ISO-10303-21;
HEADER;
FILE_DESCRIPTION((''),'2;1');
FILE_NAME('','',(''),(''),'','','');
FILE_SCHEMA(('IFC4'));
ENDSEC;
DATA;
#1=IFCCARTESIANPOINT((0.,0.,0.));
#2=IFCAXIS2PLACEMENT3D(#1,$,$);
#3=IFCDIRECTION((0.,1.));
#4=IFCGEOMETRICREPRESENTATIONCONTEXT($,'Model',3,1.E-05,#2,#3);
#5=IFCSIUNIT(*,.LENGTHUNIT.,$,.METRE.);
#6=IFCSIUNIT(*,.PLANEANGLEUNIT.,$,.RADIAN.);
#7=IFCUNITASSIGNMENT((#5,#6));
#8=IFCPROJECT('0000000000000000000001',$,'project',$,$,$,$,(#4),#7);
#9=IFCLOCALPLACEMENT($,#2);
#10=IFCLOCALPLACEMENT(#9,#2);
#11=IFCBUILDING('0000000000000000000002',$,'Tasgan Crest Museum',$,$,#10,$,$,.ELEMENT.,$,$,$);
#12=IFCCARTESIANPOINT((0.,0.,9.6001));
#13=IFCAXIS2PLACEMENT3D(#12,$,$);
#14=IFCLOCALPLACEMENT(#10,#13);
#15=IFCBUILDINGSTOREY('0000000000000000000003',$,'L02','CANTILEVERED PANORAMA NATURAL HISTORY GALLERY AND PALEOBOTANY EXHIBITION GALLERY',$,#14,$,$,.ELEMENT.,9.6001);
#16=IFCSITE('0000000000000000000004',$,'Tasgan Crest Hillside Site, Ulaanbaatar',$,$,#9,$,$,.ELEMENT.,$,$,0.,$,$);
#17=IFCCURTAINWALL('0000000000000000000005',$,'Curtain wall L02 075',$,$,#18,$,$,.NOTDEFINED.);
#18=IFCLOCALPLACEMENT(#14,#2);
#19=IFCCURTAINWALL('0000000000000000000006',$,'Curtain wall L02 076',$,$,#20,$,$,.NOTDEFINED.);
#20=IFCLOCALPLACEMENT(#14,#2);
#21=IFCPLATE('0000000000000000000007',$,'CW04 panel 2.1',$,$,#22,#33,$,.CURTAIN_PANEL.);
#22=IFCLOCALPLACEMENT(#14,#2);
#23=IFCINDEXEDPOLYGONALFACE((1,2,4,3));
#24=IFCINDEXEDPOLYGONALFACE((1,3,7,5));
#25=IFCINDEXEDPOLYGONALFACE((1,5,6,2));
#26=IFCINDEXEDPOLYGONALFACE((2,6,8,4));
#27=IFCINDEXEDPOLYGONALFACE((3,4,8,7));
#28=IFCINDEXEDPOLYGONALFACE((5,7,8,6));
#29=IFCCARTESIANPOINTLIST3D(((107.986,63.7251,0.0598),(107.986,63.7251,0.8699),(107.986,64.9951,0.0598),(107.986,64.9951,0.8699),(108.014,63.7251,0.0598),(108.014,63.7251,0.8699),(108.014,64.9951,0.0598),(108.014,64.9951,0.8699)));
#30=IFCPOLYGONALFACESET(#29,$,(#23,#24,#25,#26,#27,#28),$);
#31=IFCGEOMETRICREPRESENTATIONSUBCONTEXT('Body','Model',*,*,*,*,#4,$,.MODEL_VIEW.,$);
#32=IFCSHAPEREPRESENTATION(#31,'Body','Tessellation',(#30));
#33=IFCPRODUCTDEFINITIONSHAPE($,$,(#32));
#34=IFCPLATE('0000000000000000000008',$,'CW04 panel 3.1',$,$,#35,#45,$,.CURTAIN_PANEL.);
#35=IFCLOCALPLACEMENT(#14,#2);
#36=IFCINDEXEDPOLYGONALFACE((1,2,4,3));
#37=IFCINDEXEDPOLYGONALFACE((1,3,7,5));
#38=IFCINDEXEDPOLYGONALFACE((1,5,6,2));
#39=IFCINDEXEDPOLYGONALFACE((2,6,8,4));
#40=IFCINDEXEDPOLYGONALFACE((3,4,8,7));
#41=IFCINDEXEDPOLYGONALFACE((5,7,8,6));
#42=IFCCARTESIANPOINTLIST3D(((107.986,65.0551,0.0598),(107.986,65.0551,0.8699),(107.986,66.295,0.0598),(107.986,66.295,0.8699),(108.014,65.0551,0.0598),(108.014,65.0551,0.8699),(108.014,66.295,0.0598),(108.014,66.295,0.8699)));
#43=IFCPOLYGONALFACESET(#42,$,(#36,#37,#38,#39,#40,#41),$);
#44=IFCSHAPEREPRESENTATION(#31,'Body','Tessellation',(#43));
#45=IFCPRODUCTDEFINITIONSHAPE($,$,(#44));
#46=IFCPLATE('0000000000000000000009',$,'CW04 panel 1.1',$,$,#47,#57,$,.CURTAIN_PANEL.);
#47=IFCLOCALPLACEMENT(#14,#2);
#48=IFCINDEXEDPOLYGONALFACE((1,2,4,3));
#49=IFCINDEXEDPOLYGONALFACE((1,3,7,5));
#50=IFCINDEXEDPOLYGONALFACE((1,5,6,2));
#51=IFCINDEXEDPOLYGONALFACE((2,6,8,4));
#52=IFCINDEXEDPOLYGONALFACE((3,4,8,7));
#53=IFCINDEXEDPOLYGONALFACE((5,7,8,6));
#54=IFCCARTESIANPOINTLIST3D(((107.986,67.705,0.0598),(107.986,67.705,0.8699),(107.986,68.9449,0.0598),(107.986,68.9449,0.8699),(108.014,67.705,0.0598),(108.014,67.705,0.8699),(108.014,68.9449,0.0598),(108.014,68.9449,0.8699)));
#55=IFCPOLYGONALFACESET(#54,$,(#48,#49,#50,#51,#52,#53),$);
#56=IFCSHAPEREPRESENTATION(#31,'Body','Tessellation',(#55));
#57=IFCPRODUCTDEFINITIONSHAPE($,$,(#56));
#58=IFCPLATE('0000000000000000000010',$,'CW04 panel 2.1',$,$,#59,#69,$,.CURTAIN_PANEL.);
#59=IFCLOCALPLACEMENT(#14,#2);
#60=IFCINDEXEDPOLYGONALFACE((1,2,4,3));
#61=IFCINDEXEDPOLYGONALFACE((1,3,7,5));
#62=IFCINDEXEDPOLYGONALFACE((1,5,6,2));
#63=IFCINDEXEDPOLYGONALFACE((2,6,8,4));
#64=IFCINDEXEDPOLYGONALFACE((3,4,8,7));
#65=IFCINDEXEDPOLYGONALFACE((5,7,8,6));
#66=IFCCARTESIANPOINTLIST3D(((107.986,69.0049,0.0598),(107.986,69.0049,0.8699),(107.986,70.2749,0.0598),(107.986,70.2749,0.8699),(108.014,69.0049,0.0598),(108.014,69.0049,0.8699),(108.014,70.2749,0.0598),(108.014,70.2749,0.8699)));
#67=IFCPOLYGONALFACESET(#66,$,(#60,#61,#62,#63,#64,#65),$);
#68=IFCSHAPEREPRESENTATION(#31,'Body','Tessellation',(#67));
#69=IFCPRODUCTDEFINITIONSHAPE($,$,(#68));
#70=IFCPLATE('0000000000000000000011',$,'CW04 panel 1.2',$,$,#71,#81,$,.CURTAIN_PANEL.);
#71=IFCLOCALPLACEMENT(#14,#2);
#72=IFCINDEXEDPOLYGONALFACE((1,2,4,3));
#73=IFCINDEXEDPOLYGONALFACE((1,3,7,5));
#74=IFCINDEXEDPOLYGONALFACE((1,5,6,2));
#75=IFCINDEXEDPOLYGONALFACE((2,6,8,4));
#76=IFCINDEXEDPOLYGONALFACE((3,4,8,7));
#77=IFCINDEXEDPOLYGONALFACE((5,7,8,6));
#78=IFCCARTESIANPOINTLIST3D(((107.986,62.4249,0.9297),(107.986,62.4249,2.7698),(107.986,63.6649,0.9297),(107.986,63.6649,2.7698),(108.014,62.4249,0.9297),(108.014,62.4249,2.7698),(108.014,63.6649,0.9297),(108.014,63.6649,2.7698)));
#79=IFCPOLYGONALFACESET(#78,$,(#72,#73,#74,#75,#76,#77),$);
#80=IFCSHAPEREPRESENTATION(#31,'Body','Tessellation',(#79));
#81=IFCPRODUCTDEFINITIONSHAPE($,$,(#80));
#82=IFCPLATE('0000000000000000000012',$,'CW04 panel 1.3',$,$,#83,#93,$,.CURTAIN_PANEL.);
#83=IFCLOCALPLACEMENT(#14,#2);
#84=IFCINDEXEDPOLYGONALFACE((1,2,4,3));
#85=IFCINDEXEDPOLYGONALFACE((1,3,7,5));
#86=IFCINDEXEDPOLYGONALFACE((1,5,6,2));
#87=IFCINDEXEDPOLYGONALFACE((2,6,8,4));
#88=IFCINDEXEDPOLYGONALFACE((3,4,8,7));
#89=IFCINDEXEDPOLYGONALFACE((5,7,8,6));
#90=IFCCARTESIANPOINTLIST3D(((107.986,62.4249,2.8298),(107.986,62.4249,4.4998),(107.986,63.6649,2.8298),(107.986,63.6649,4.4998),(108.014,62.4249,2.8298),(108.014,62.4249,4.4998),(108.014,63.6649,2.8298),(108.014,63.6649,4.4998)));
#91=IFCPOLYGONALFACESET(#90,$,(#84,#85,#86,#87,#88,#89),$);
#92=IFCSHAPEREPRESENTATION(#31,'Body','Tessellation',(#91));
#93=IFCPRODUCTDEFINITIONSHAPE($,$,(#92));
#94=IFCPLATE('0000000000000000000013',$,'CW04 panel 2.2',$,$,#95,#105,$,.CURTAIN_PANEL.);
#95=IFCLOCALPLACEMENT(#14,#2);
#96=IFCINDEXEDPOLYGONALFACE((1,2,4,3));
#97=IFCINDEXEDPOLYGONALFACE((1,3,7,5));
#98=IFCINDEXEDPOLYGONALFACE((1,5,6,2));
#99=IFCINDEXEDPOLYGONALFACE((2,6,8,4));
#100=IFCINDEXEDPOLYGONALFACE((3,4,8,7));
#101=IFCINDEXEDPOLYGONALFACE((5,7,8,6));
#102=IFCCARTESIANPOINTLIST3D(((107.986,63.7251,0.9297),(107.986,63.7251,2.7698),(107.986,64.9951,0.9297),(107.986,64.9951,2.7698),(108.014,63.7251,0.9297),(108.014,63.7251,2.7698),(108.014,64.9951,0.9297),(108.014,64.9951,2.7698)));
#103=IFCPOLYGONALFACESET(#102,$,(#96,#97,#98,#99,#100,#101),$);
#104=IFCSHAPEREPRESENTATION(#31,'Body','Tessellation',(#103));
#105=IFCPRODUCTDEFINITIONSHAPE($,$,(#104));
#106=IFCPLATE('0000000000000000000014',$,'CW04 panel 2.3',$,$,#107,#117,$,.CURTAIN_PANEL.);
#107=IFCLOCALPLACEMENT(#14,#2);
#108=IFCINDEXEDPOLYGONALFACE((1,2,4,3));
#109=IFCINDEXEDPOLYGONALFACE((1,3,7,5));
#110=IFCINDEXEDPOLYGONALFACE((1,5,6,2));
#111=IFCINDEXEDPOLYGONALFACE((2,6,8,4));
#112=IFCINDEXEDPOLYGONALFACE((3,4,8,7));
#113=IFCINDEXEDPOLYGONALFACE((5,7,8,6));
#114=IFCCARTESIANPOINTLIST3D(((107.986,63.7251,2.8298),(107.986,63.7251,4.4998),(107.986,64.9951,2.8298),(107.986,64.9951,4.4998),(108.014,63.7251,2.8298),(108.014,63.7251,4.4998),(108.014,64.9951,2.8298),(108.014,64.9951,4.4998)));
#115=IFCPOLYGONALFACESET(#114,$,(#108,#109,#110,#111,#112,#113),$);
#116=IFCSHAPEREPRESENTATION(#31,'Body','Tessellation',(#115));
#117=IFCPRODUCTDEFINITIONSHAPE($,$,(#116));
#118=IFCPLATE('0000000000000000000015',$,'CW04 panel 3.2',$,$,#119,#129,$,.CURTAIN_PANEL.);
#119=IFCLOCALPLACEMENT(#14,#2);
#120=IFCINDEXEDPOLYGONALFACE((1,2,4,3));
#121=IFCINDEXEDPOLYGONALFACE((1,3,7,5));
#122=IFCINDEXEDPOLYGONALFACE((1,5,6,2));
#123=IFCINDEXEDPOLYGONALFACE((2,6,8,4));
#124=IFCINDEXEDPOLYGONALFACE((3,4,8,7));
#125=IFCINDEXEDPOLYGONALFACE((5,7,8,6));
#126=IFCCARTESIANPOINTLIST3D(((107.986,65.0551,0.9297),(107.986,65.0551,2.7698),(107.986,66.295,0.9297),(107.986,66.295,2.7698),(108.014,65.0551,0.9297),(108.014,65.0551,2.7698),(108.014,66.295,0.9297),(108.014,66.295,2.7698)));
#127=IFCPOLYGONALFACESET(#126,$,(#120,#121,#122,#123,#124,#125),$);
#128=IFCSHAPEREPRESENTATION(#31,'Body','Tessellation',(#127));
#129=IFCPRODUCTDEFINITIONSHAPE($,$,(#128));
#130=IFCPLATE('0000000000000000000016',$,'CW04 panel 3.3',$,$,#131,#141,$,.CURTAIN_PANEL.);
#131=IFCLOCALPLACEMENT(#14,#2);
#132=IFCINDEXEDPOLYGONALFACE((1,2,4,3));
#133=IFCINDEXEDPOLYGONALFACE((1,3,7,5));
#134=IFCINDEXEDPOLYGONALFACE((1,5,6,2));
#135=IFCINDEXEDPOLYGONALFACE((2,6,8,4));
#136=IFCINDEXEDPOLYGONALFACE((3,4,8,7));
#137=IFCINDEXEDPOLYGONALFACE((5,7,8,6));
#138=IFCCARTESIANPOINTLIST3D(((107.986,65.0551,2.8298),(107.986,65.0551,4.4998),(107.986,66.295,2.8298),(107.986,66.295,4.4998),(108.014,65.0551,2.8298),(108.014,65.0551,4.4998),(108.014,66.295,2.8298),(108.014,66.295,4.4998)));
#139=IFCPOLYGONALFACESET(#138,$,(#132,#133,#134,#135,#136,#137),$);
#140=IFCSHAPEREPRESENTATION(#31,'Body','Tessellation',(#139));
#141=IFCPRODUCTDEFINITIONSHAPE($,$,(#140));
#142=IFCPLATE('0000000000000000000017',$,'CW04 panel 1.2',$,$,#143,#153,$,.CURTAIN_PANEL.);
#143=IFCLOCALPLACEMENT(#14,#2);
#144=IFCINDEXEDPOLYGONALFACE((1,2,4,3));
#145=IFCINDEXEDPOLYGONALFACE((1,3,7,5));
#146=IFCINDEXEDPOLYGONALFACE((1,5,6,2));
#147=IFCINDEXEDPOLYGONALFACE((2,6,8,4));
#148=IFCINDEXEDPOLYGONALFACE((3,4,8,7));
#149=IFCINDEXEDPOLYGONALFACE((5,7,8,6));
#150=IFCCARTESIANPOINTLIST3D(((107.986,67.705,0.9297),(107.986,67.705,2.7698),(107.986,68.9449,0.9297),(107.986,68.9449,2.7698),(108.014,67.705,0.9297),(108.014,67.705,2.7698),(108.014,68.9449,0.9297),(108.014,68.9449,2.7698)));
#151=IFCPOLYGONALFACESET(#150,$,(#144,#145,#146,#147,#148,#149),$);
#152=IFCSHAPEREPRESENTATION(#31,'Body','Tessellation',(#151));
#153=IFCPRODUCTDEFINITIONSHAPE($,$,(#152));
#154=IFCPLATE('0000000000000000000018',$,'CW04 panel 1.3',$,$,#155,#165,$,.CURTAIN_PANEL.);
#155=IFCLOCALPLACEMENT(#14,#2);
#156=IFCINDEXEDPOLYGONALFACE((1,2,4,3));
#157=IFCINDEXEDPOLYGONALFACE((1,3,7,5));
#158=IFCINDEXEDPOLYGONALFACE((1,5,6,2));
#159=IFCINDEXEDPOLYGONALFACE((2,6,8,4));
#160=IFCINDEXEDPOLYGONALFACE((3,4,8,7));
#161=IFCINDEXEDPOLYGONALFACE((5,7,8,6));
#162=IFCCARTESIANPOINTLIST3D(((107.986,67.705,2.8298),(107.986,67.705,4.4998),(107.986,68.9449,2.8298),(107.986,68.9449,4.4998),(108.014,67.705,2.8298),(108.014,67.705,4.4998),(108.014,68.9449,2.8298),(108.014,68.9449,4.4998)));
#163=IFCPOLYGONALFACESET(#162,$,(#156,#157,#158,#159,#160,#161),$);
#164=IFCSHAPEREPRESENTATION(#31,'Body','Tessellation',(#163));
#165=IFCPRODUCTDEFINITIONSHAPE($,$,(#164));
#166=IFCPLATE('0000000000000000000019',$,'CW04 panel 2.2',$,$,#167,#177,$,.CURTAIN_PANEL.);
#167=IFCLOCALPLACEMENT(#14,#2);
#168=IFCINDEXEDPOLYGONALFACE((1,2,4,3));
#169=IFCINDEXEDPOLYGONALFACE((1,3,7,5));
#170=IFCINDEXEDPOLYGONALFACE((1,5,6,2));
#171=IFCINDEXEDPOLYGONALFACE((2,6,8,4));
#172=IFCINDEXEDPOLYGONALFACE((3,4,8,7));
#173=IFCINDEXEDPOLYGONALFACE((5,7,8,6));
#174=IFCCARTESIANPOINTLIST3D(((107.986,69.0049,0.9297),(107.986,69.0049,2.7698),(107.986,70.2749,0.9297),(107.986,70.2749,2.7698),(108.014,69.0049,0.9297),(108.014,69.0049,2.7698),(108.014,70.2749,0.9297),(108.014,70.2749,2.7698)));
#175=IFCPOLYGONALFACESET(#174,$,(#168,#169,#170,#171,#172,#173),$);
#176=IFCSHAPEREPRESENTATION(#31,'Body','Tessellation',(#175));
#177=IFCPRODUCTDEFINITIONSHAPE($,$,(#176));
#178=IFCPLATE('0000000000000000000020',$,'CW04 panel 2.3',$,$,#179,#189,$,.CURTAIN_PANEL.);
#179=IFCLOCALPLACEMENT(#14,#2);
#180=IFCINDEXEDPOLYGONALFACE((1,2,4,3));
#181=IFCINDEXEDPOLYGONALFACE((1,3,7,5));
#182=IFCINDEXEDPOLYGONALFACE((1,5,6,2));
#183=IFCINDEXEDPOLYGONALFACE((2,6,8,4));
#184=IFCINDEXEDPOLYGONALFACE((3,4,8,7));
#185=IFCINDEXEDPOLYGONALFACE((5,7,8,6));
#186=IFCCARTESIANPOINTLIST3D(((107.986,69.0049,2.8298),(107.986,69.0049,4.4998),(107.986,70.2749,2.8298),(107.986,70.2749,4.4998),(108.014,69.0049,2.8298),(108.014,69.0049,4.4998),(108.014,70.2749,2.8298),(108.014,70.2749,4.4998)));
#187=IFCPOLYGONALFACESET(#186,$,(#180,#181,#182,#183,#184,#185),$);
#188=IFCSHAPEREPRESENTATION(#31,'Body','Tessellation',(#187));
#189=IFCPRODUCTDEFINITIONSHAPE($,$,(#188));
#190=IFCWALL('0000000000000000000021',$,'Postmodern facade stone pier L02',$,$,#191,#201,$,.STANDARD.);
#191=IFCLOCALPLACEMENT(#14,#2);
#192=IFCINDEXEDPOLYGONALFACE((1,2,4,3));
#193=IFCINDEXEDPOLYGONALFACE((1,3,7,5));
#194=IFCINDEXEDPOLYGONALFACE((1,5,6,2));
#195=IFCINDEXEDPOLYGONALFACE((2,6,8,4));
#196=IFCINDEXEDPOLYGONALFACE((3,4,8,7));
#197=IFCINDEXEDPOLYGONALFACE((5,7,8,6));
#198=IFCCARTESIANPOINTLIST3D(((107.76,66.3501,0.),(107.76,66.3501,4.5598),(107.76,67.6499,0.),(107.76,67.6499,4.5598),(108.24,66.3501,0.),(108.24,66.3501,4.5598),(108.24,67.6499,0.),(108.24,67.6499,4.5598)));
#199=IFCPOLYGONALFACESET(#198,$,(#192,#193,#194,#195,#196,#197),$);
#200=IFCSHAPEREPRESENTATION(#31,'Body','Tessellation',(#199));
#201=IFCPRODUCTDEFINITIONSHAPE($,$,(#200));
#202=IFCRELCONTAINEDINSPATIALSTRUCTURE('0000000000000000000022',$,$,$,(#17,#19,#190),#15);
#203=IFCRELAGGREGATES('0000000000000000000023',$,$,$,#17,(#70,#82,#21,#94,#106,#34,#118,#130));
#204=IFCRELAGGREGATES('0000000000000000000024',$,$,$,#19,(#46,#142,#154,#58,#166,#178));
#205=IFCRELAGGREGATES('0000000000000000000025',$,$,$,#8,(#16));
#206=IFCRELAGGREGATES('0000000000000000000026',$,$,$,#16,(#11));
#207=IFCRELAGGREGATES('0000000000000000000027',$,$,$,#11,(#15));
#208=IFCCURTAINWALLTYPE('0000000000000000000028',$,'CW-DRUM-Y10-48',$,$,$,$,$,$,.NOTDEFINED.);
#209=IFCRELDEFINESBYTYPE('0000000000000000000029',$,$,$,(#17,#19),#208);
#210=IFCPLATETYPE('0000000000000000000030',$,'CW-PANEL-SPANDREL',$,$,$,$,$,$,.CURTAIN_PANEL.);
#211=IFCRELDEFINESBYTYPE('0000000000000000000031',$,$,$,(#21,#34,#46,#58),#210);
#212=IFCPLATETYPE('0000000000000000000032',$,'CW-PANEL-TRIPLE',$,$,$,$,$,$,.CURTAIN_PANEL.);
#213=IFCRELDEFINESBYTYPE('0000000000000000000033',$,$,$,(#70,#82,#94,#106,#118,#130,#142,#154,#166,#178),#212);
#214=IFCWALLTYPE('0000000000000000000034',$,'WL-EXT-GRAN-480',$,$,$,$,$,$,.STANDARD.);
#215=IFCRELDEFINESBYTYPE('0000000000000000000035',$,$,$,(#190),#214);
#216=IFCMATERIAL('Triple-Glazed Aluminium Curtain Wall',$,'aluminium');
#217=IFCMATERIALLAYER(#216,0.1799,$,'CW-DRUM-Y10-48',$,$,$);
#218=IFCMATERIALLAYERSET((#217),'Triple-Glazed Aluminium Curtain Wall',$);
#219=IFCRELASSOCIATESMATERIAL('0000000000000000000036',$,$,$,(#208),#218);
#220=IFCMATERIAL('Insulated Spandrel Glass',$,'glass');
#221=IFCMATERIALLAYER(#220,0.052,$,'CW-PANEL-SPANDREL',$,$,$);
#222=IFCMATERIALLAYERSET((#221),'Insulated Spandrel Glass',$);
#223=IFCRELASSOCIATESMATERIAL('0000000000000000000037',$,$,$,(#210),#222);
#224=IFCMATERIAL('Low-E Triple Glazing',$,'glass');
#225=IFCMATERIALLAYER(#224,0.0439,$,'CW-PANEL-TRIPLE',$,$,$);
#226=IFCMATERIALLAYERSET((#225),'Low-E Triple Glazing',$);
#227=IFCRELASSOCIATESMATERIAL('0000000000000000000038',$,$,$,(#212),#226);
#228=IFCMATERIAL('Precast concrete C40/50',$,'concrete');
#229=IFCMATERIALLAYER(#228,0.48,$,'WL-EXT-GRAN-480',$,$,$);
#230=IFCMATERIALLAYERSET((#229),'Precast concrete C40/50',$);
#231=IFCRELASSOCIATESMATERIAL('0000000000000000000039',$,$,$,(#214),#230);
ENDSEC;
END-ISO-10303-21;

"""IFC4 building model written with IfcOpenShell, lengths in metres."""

from ifc_helpers import new_model, si_unit, direction, frame, frame_2d, origin, origin_2d, place, context, subcontext, project, spatial, rectangle, extrude, material, layer, layer_set, type_object, element, aggregate, save


model = new_model("IFC4")

# Units and contexts
model_context = context("Model", 3, precision=1e-05, world=origin(), true_north=direction((0.0, 1.0)))
body_context = subcontext(model_context, "Body", "Model", "MODEL_VIEW")
ifc_project = project(units=[si_unit("LENGTHUNIT", "METRE"), si_unit("PLANEANGLEUNIT", "RADIAN")], contexts=[model_context])

# Site, building, storey
site_placement = place(None, origin())
site = spatial("IfcSite", under=ifc_project, at=site_placement, Name="Tasgan Crest Hillside Site, Ulaanbaatar", CompositionType="ELEMENT", RefElevation=0.0)
building_placement = place(site_placement, origin())
building = spatial("IfcBuilding", under=site, at=building_placement, Name="Tasgan Crest Museum", CompositionType="ELEMENT")
storey_placement = place(building_placement, frame((0.0, 0.0, 9.6001)))
storey = spatial("IfcBuildingStorey", under=building, at=storey_placement, Name="L02", Description="CANTILEVERED PANORAMA NATURAL HISTORY GALLERY AND PALEOBOTANY EXHIBITION GALLERY", CompositionType="ELEMENT", Elevation=9.6001)

# Curtain walls
ifc_material_1 = material(Name="Triple-Glazed Aluminium Curtain Wall", Category="aluminium")
ifc_layer_1 = layer(ifc_material_1, 0.1799, Name="CW-DRUM-Y10-48")
ifc_layer_set_1 = layer_set([ifc_layer_1], Name="Triple-Glazed Aluminium Curtain Wall")
curtain_wall_type = type_object("IfcCurtainWallType", Name="CW-DRUM-Y10-48", PredefinedType="NOTDEFINED", material=ifc_layer_set_1)
curtain_wall_1_placement = place(storey_placement, origin())
curtain_wall_1 = element("IfcCurtainWall", 1, at=curtain_wall_1_placement, inside=storey, type_object=curtain_wall_type, Name="Curtain wall L02 075", PredefinedType="NOTDEFINED")
curtain_wall_2_placement = place(storey_placement, origin())
curtain_wall_2 = element("IfcCurtainWall", 2, at=curtain_wall_2_placement, inside=storey, type_object=curtain_wall_type, Name="Curtain wall L02 076", PredefinedType="NOTDEFINED")

# Plates
ifc_material_2 = material(Name="Insulated Spandrel Glass", Category="glass")
ifc_layer_2 = layer(ifc_material_2, 0.052, Name="CW-PANEL-SPANDREL")
ifc_layer_set_2 = layer_set([ifc_layer_2], Name="Insulated Spandrel Glass")
plate_type_1 = type_object("IfcPlateType", Name="CW-PANEL-SPANDREL", PredefinedType="CURTAIN_PANEL", material=ifc_layer_set_2)
plate_1_placement = place(storey_placement, frame((108.0, 64.3601, 0.0598), z_axis=(0.0, 0.0, 1.0), x_axis=(0.0, 1.0, 0.0)))
plate_1 = element("IfcPlate", 3, at=plate_1_placement, type_object=plate_type_1, Name="CW04 panel 2.1", PredefinedType="CURTAIN_PANEL", context=body_context, shape_type="SweptSolid", body=[
    extrude(rectangle(XDim=1.27, YDim=0.0281, at=origin_2d()), origin(), (0.0, 0.0, 1.0), 0.8101),
])
plate_2_placement = place(storey_placement, frame((108.0, 65.675, 0.0598), z_axis=(0.0, 0.0, 1.0), x_axis=(0.0, 1.0, 0.0)))
plate_2 = element("IfcPlate", 4, at=plate_2_placement, type_object=plate_type_1, Name="CW04 panel 3.1", PredefinedType="CURTAIN_PANEL", context=body_context, shape_type="SweptSolid", body=[
    extrude(rectangle(XDim=1.24, YDim=0.0281, at=origin_2d()), origin(), (0.0, 0.0, 1.0), 0.8101),
])
plate_3_placement = place(storey_placement, frame((108.0, 68.325, 0.0598), z_axis=(0.0, 0.0, 1.0), x_axis=(0.0, 1.0, 0.0)))
plate_3 = element("IfcPlate", 5, at=plate_3_placement, type_object=plate_type_1, Name="CW04 panel 1.1", PredefinedType="CURTAIN_PANEL", context=body_context, shape_type="SweptSolid", body=[
    extrude(rectangle(XDim=1.24, YDim=0.0281, at=origin_2d()), origin(), (0.0, 0.0, 1.0), 0.8101),
])
plate_4_placement = place(storey_placement, frame((108.0, 69.6399, 0.0598), z_axis=(0.0, 0.0, 1.0), x_axis=(0.0, 1.0, 0.0)))
plate_4 = element("IfcPlate", 6, at=plate_4_placement, type_object=plate_type_1, Name="CW04 panel 2.1", PredefinedType="CURTAIN_PANEL", context=body_context, shape_type="SweptSolid", body=[
    extrude(rectangle(XDim=1.27, YDim=0.0281, at=origin_2d()), origin(), (0.0, 0.0, 1.0), 0.8101),
])
ifc_material_3 = material(Name="Low-E Triple Glazing", Category="glass")
ifc_layer_3 = layer(ifc_material_3, 0.0439, Name="CW-PANEL-TRIPLE")
ifc_layer_set_3 = layer_set([ifc_layer_3], Name="Low-E Triple Glazing")
plate_type_2 = type_object("IfcPlateType", Name="CW-PANEL-TRIPLE", PredefinedType="CURTAIN_PANEL", material=ifc_layer_set_3)
plate_5_placement = place(storey_placement, frame((108.0, 63.0449, 0.9297), z_axis=(0.0, 0.0, 1.0), x_axis=(0.0, 1.0, 0.0)))
plate_5 = element("IfcPlate", 7, at=plate_5_placement, type_object=plate_type_2, Name="CW04 panel 1.2", PredefinedType="CURTAIN_PANEL", context=body_context, shape_type="SweptSolid", body=[
    extrude(rectangle(XDim=1.24, YDim=0.0281, at=origin_2d()), origin(), (0.0, 0.0, 1.0), 1.8401),
])
plate_6_placement = place(storey_placement, frame((108.0, 63.0449, 2.8298), z_axis=(0.0, 0.0, 1.0), x_axis=(0.0, 1.0, 0.0)))
plate_6 = element("IfcPlate", 8, at=plate_6_placement, type_object=plate_type_2, Name="CW04 panel 1.3", PredefinedType="CURTAIN_PANEL", context=body_context, shape_type="SweptSolid", body=[
    extrude(rectangle(XDim=1.24, YDim=0.0281, at=origin_2d()), origin(), (0.0, 0.0, 1.0), 1.6699),
])
plate_7_placement = place(storey_placement, frame((108.0, 64.3601, 0.9297), z_axis=(0.0, 0.0, 1.0), x_axis=(0.0, 1.0, 0.0)))
plate_7 = element("IfcPlate", 9, at=plate_7_placement, type_object=plate_type_2, Name="CW04 panel 2.2", PredefinedType="CURTAIN_PANEL", context=body_context, shape_type="SweptSolid", body=[
    extrude(rectangle(XDim=1.27, YDim=0.0281, at=origin_2d()), origin(), (0.0, 0.0, 1.0), 1.8401),
])
plate_8_placement = place(storey_placement, frame((108.0, 64.3601, 2.8298), z_axis=(0.0, 0.0, 1.0), x_axis=(0.0, 1.0, 0.0)))
plate_8 = element("IfcPlate", 10, at=plate_8_placement, type_object=plate_type_2, Name="CW04 panel 2.3", PredefinedType="CURTAIN_PANEL", context=body_context, shape_type="SweptSolid", body=[
    extrude(rectangle(XDim=1.27, YDim=0.0281, at=origin_2d()), origin(), (0.0, 0.0, 1.0), 1.6699),
])
plate_9_placement = place(storey_placement, frame((108.0, 65.675, 0.9297), z_axis=(0.0, 0.0, 1.0), x_axis=(0.0, 1.0, 0.0)))
plate_9 = element("IfcPlate", 11, at=plate_9_placement, type_object=plate_type_2, Name="CW04 panel 3.2", PredefinedType="CURTAIN_PANEL", context=body_context, shape_type="SweptSolid", body=[
    extrude(rectangle(XDim=1.24, YDim=0.0281, at=origin_2d()), origin(), (0.0, 0.0, 1.0), 1.8401),
])
plate_10_placement = place(storey_placement, frame((108.0, 65.675, 2.8298), z_axis=(0.0, 0.0, 1.0), x_axis=(0.0, 1.0, 0.0)))
plate_10 = element("IfcPlate", 12, at=plate_10_placement, type_object=plate_type_2, Name="CW04 panel 3.3", PredefinedType="CURTAIN_PANEL", context=body_context, shape_type="SweptSolid", body=[
    extrude(rectangle(XDim=1.24, YDim=0.0281, at=origin_2d()), origin(), (0.0, 0.0, 1.0), 1.6699),
])
aggregate(curtain_wall_1, [plate_5, plate_6, plate_1, plate_7, plate_8, plate_2, plate_9, plate_10])
plate_11_placement = place(storey_placement, frame((108.0, 68.325, 0.9297), z_axis=(0.0, 0.0, 1.0), x_axis=(0.0, 1.0, 0.0)))
plate_11 = element("IfcPlate", 13, at=plate_11_placement, type_object=plate_type_2, Name="CW04 panel 1.2", PredefinedType="CURTAIN_PANEL", context=body_context, shape_type="SweptSolid", body=[
    extrude(rectangle(XDim=1.24, YDim=0.0281, at=origin_2d()), origin(), (0.0, 0.0, 1.0), 1.8401),
])
plate_12_placement = place(storey_placement, frame((108.0, 68.325, 2.8298), z_axis=(0.0, 0.0, 1.0), x_axis=(0.0, 1.0, 0.0)))
plate_12 = element("IfcPlate", 14, at=plate_12_placement, type_object=plate_type_2, Name="CW04 panel 1.3", PredefinedType="CURTAIN_PANEL", context=body_context, shape_type="SweptSolid", body=[
    extrude(rectangle(XDim=1.24, YDim=0.0281, at=origin_2d()), origin(), (0.0, 0.0, 1.0), 1.6699),
])
plate_13_placement = place(storey_placement, frame((108.0, 69.6399, 0.9297), z_axis=(0.0, 0.0, 1.0), x_axis=(0.0, 1.0, 0.0)))
plate_13 = element("IfcPlate", 15, at=plate_13_placement, type_object=plate_type_2, Name="CW04 panel 2.2", PredefinedType="CURTAIN_PANEL", context=body_context, shape_type="SweptSolid", body=[
    extrude(rectangle(XDim=1.27, YDim=0.0281, at=origin_2d()), origin(), (0.0, 0.0, 1.0), 1.8401),
])
plate_14_placement = place(storey_placement, frame((108.0, 69.6399, 2.8298), z_axis=(0.0, 0.0, 1.0), x_axis=(0.0, 1.0, 0.0)))
plate_14 = element("IfcPlate", 16, at=plate_14_placement, type_object=plate_type_2, Name="CW04 panel 2.3", PredefinedType="CURTAIN_PANEL", context=body_context, shape_type="SweptSolid", body=[
    extrude(rectangle(XDim=1.27, YDim=0.0281, at=origin_2d()), origin(), (0.0, 0.0, 1.0), 1.6699),
])
aggregate(curtain_wall_2, [plate_3, plate_11, plate_12, plate_4, plate_13, plate_14])

# Wall
ifc_material_4 = material(Name="Precast concrete C40/50", Category="concrete")
ifc_layer_4 = layer(ifc_material_4, 0.48, Name="WL-EXT-GRAN-480")
ifc_layer_set_4 = layer_set([ifc_layer_4], Name="Precast concrete C40/50")
wall_type = type_object("IfcWallType", Name="WL-EXT-GRAN-480", PredefinedType="STANDARD", material=ifc_layer_set_4)
wall_placement = place(storey_placement, frame((108.0, 66.3501, 0.0), z_axis=(0.0, 0.0, 1.0), x_axis=(0.0, 1.0, 0.0)))
element("IfcWall", 17, at=wall_placement, inside=storey, type_object=wall_type, Name="Postmodern facade stone pier L02", PredefinedType="STANDARD", context=body_context, shape_type="SweptSolid", body=[
    extrude(rectangle(XDim=1.2998, YDim=0.48, at=frame_2d((0.6499, 0.0))), origin(), (0.0, 0.0, 1.0), 4.5598),
])

save(model, "model.ifc")
